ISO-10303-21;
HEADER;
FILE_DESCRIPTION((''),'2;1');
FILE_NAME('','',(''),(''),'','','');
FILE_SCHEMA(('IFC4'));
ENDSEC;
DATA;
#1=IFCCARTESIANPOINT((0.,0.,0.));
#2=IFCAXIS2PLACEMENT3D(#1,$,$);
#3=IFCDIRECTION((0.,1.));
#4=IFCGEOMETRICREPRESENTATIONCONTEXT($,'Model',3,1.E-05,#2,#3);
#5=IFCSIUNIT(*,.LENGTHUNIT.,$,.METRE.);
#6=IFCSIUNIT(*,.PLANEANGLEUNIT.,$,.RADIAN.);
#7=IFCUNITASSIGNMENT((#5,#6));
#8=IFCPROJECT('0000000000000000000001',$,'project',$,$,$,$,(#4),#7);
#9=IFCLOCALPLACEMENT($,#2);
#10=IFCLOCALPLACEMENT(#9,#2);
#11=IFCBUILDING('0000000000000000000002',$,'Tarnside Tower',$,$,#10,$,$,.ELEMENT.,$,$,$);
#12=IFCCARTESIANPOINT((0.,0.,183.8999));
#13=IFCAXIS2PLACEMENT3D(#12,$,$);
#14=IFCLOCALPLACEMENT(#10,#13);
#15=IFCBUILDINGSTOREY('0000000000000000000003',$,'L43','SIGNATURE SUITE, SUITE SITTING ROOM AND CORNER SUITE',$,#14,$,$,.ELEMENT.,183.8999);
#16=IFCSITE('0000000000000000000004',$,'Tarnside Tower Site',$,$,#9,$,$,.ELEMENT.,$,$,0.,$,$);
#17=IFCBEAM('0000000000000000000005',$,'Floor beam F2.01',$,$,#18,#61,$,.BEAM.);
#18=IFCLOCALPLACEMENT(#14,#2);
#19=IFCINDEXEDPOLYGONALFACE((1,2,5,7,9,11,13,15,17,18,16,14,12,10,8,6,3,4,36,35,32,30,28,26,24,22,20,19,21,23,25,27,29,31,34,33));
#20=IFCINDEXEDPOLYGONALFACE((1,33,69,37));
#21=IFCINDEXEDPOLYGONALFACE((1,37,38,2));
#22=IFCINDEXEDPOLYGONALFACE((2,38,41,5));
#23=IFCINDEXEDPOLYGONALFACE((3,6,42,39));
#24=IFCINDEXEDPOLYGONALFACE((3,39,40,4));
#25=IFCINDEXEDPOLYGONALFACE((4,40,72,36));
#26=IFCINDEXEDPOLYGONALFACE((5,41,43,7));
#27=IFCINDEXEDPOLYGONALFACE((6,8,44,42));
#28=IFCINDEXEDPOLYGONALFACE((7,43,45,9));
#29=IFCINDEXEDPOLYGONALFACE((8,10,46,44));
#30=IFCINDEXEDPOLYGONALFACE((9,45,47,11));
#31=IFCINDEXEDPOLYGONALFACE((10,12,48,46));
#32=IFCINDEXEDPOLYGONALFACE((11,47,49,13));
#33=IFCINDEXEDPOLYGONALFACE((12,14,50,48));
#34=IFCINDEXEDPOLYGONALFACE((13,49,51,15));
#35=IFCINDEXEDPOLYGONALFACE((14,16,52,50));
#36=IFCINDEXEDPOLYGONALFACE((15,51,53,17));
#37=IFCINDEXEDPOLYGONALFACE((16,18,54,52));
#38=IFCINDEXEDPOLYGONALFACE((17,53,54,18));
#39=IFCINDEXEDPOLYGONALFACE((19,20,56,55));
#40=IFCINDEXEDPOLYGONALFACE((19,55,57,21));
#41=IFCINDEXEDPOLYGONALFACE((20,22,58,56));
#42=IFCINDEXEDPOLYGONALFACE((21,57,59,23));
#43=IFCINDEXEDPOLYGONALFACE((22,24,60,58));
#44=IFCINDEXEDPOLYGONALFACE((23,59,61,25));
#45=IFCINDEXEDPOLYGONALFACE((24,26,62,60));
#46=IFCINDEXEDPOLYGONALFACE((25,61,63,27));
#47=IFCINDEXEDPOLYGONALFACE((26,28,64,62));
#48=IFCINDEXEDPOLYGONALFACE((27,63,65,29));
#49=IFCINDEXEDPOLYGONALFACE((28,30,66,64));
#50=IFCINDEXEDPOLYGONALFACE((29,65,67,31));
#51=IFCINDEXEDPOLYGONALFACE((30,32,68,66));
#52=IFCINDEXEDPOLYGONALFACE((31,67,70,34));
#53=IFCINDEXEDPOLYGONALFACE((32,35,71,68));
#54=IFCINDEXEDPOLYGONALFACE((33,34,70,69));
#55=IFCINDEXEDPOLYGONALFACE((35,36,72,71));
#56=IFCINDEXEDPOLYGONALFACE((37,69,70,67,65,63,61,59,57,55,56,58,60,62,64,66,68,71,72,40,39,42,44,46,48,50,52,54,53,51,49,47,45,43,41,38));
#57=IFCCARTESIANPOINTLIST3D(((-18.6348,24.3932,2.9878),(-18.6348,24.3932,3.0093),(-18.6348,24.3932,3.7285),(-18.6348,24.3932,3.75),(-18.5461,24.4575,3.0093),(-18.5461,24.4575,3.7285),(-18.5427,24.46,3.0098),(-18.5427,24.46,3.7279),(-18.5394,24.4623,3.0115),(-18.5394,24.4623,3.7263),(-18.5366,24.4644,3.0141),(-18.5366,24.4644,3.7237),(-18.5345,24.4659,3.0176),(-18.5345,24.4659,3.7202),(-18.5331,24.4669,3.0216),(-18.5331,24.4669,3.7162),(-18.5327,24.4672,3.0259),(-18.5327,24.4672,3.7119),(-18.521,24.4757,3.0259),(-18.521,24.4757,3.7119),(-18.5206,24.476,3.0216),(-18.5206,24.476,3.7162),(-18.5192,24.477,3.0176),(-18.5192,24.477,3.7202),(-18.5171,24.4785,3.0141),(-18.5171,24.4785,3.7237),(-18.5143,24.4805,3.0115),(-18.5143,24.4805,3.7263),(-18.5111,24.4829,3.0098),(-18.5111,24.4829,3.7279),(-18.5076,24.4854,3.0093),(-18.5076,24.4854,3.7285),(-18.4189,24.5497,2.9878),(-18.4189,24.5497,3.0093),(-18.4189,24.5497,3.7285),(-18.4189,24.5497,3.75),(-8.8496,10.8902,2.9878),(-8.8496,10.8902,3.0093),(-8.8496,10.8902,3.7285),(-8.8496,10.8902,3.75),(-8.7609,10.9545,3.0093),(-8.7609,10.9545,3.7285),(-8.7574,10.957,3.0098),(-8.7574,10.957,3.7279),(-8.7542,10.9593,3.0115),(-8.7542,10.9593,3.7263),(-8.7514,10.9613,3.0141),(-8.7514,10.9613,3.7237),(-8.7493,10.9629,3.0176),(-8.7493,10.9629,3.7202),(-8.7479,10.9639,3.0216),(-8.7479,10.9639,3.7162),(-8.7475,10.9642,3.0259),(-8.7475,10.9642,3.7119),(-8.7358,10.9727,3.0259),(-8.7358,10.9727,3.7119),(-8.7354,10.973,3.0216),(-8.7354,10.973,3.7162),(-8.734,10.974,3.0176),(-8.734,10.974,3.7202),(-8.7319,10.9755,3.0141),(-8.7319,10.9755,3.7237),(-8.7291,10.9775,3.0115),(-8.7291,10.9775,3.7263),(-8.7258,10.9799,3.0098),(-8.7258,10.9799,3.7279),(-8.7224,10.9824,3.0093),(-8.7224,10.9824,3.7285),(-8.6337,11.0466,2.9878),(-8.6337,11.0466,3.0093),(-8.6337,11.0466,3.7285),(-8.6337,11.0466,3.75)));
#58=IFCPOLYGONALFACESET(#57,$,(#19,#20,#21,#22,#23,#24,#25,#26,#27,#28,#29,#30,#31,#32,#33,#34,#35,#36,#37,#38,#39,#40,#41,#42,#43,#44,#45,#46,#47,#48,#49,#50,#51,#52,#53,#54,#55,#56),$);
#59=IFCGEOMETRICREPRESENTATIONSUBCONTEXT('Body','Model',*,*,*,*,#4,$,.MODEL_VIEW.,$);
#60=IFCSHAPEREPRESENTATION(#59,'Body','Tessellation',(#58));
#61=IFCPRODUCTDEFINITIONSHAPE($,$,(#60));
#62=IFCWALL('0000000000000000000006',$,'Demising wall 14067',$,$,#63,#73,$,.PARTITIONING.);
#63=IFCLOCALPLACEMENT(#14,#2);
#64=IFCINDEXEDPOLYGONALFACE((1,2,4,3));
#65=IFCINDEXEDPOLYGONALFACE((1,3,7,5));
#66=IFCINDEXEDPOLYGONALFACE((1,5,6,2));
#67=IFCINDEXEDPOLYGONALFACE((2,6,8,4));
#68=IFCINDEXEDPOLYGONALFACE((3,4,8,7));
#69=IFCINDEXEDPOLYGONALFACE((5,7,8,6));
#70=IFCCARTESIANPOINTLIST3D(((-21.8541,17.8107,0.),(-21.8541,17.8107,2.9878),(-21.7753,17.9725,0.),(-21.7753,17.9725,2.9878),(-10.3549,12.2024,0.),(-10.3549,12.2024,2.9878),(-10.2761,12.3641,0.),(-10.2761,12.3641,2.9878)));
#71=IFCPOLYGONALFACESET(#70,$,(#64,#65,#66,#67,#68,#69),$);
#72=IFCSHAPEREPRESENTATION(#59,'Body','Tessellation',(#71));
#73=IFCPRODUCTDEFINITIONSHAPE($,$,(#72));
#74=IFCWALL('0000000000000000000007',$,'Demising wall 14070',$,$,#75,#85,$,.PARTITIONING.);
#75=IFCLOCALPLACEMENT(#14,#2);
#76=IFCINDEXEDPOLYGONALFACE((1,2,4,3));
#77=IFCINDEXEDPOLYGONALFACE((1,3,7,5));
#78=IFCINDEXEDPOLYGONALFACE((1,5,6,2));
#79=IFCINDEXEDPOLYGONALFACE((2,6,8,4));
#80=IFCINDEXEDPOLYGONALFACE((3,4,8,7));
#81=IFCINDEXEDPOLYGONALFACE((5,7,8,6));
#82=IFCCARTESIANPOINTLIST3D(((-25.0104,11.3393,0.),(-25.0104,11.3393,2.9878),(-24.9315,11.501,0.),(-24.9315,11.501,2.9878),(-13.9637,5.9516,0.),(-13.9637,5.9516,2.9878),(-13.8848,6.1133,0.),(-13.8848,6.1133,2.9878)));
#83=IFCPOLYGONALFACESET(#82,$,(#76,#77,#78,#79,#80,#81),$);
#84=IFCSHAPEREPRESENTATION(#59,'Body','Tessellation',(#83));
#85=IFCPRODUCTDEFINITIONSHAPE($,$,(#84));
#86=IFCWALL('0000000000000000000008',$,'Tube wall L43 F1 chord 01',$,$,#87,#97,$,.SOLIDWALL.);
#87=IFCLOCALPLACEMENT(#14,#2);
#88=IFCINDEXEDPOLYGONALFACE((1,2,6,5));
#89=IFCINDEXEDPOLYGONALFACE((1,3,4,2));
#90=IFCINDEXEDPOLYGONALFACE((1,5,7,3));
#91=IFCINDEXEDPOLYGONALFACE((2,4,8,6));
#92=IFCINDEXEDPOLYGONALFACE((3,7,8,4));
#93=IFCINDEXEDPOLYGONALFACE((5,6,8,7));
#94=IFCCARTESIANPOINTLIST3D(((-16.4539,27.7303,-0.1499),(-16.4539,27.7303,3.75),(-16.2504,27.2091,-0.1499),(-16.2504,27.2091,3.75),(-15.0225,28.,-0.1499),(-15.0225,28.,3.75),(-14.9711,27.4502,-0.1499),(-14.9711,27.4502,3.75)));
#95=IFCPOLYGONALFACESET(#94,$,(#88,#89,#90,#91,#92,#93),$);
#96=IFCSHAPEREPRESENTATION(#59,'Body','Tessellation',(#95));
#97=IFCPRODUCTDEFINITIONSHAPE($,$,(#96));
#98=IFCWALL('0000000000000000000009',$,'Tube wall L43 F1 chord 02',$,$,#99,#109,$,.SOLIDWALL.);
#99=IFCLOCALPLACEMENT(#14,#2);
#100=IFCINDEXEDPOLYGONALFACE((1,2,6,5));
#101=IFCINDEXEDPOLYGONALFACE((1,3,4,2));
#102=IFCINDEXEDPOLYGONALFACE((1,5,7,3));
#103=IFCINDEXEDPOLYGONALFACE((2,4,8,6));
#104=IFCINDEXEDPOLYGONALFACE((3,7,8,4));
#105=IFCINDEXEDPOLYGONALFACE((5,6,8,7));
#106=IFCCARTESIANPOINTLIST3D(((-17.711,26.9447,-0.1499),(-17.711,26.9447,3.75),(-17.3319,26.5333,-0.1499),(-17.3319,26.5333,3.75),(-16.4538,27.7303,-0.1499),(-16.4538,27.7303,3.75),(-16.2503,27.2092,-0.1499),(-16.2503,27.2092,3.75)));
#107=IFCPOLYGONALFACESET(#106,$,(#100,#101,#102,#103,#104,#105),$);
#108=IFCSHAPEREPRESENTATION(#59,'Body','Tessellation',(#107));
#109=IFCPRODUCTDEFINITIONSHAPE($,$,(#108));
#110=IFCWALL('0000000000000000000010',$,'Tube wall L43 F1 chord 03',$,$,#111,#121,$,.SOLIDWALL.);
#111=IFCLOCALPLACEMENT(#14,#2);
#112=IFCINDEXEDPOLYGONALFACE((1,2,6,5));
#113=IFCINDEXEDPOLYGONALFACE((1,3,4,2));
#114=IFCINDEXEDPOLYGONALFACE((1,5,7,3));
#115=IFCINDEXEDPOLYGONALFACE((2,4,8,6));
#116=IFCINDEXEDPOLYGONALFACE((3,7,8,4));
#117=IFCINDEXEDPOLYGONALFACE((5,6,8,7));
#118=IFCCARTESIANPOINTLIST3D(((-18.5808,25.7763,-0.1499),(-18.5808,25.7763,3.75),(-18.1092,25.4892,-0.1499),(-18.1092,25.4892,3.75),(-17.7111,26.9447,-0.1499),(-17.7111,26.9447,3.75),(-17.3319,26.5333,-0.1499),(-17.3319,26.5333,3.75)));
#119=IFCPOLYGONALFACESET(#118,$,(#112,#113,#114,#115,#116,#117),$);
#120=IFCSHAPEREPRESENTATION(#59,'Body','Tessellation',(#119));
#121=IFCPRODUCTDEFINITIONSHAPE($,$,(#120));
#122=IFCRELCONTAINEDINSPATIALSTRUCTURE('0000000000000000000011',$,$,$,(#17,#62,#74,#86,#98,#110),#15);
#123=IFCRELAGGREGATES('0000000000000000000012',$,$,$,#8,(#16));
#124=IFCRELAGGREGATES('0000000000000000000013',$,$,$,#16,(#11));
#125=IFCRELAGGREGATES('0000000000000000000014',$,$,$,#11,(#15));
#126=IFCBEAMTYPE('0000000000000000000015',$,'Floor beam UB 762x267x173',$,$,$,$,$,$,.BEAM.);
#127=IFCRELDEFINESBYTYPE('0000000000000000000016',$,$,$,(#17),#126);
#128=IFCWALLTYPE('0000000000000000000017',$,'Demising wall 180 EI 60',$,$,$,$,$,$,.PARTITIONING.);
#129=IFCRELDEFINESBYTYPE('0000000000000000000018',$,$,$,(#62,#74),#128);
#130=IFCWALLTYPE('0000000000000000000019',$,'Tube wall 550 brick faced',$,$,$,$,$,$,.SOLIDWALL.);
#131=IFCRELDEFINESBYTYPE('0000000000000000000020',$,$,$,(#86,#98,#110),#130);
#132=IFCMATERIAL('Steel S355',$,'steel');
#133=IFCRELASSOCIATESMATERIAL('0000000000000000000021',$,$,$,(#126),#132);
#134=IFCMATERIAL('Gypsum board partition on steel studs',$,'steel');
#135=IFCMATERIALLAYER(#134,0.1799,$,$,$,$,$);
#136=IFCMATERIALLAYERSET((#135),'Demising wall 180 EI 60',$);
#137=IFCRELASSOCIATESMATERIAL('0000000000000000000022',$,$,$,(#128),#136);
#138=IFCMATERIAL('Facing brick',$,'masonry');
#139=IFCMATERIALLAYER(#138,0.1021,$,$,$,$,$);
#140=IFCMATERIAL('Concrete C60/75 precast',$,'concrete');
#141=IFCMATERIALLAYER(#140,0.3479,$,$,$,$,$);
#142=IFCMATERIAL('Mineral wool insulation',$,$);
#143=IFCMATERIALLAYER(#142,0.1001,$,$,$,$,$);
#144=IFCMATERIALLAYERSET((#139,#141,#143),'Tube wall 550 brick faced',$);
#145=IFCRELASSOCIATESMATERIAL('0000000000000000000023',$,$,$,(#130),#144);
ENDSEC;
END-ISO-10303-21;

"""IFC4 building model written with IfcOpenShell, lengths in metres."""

from ifc_helpers import new_model, si_unit, direction, frame, frame_2d, origin, origin_2d, place, context, subcontext, project, spatial, polyline, rectangle, i_section, outline, extrude, material, layer, layer_set, material_profile, profile_set, type_object, element, save


model = new_model("IFC4")

# Units and contexts
model_context = context("Model", 3, precision=1e-05, world=origin(), true_north=direction((0.0, 1.0)))
body_context = subcontext(model_context, "Body", "Model", "MODEL_VIEW")
ifc_project = project(units=[si_unit("LENGTHUNIT", "METRE"), si_unit("PLANEANGLEUNIT", "RADIAN")], contexts=[model_context])

# Site, building, storey
site_placement = place(None, origin())
site = spatial("IfcSite", under=ifc_project, at=site_placement, Name="Tarnside Tower Site", CompositionType="ELEMENT", RefElevation=0.0)
building_placement = place(site_placement, origin())
building = spatial("IfcBuilding", under=site, at=building_placement, Name="Tarnside Tower", CompositionType="ELEMENT")
storey_placement = place(building_placement, frame((0.0, 0.0, 183.8999)))
storey = spatial("IfcBuildingStorey", under=building, at=storey_placement, Name="L43", Description="SIGNATURE SUITE, SUITE SITTING ROOM AND CORNER SUITE", CompositionType="ELEMENT", Elevation=183.8999)

# Beam
ifc_material_1 = material(Name="Steel S355", Category="steel")
ifc_material_profile_1 = material_profile(ifc_material_1, i_section(OverallWidth=0.2666, OverallDepth=0.7622, WebThickness=0.0144, FlangeThickness=0.0215, FilletRadius=0.0166, at=origin_2d()), Name="UB 762x267x173")
ifc_profile_set_1 = profile_set([ifc_material_profile_1], Name="Steel S355")
beam_type_1 = type_object("IfcBeamType", Name="Floor beam UB 762x267x173", PredefinedType="BEAM", material=ifc_profile_set_1)
beam_1_placement = place(storey_placement, frame((-18.5269, 24.4714, 3.3689), z_axis=(0.586792, -0.809738, 0.0), x_axis=(0.809738, 0.586792, 0.0)))
element("IfcBeam", 1, at=beam_1_placement, inside=storey, type_object=beam_type_1, Name="Floor beam F2.01", PredefinedType="BEAM", context=body_context, shape_type="SweptSolid", body=[
    extrude(i_section(OverallWidth=0.2666, OverallDepth=0.7622, WebThickness=0.0144, FlangeThickness=0.0215, FilletRadius=0.0166, at=origin_2d()), origin(), (0.0, 0.0, 1.0), 16.6758),
])

# Walls
ifc_material_2 = material(Name="Gypsum board partition on steel studs", Category="steel")
ifc_layer_1 = layer(ifc_material_2, 0.1799)
ifc_layer_set_1 = layer_set([ifc_layer_1], Name="Demising wall 180 EI 60")
wall_type_1 = type_object("IfcWallType", Name="Demising wall 180 EI 60", PredefinedType="PARTITIONING", material=ifc_layer_set_1)
wall_1_placement = place(storey_placement, frame((-21.8147, 17.8916, 0.0), z_axis=(0.0, 0.0, 1.0), x_axis=(0.898799, -0.43836, 0.0)))
element("IfcWall", 2, at=wall_1_placement, inside=storey, type_object=wall_type_1, Name="Demising wall 14067", PredefinedType="PARTITIONING", context=body_context, shape_type="SweptSolid", body=[
    extrude(rectangle(XDim=12.7939, YDim=0.1799, at=frame_2d((6.397, 0.0))), origin(), (0.0, 0.0, 1.0), 2.9878),
])
wall_2_placement = place(storey_placement, frame((-24.9709, 11.4202, 0.0), z_axis=(0.0, 0.0, 1.0), x_axis=(0.898797, -0.438364, 0.0)))
element("IfcWall", 3, at=wall_2_placement, inside=storey, type_object=wall_type_1, Name="Demising wall 14070", PredefinedType="PARTITIONING", context=body_context, shape_type="SweptSolid", body=[
    extrude(rectangle(XDim=12.2905, YDim=0.1799, at=frame_2d((6.1453, 0.0))), origin(), (0.0, 0.0, 1.0), 2.9878),
])
ifc_material_3 = material(Name="Facing brick", Category="masonry")
ifc_layer_2 = layer(ifc_material_3, 0.1021)
ifc_material_4 = material(Name="Concrete C60/75 precast", Category="concrete")
ifc_layer_3 = layer(ifc_material_4, 0.3479)
ifc_material_5 = material(Name="Mineral wool insulation")
ifc_layer_4 = layer(ifc_material_5, 0.1001)
ifc_layer_set_2 = layer_set([ifc_layer_2, ifc_layer_3, ifc_layer_4], Name="Tube wall 550 brick faced")
wall_type_2 = type_object("IfcWallType", Name="Tube wall 550 brick faced", PredefinedType="SOLIDWALL", material=ifc_layer_set_2)
wall_3_placement = place(storey_placement, frame((-14.9968, 27.7251, -0.1499), z_axis=(0.0, 0.0, 1.0), x_axis=(-0.982705, -0.185176, 0.0)))
element("IfcWall", 4, at=wall_3_placement, inside=storey, type_object=wall_type_2, Name="Tube wall L43 F1 chord 01", PredefinedType="SOLIDWALL", context=body_context, shape_type="SweptSolid", body=[
    extrude(outline(polyline([(-0.0256, -0.2749), (1.4309, -0.2749), (1.3274, 0.2749), (0.0256, 0.2749), (-0.0256, -0.2749)])), origin(), (0.0, 0.0, 1.0), 3.8999),
])
wall_4_placement = place(storey_placement, frame((-16.3521, 27.4697, -0.1499), z_axis=(0.0, 0.0, 1.0), x_axis=(-0.848058, -0.529903, 0.0)))
element("IfcWall", 5, at=wall_4_placement, inside=storey, type_object=wall_type_2, Name="Tube wall L43 F1 chord 02", PredefinedType="SOLIDWALL", context=body_context, shape_type="SweptSolid", body=[
    extrude(outline(polyline([(-0.0518, -0.2749), (1.4307, -0.2749), (1.3271, 0.2749), (0.0518, 0.2749), (-0.0518, -0.2749)])), origin(), (0.0, 0.0, 1.0), 3.8999),
])
wall_5_placement = place(storey_placement, frame((-17.5215, 26.739, -0.1499), z_axis=(0.0, 0.0, 1.0), x_axis=(-0.597135, -0.802141, 0.0)))
element("IfcWall", 6, at=wall_5_placement, inside=storey, type_object=wall_type_2, Name="Tube wall L43 F1 chord 03", PredefinedType="SOLIDWALL", context=body_context, shape_type="SweptSolid", body=[
    extrude(outline(polyline([(-0.0518, -0.2749), (1.4048, -0.2749), (1.3535, 0.2749), (0.0518, 0.2749), (-0.0518, -0.2749)])), origin(), (0.0, 0.0, 1.0), 3.8999),
])

save(model, "model.ifc")
